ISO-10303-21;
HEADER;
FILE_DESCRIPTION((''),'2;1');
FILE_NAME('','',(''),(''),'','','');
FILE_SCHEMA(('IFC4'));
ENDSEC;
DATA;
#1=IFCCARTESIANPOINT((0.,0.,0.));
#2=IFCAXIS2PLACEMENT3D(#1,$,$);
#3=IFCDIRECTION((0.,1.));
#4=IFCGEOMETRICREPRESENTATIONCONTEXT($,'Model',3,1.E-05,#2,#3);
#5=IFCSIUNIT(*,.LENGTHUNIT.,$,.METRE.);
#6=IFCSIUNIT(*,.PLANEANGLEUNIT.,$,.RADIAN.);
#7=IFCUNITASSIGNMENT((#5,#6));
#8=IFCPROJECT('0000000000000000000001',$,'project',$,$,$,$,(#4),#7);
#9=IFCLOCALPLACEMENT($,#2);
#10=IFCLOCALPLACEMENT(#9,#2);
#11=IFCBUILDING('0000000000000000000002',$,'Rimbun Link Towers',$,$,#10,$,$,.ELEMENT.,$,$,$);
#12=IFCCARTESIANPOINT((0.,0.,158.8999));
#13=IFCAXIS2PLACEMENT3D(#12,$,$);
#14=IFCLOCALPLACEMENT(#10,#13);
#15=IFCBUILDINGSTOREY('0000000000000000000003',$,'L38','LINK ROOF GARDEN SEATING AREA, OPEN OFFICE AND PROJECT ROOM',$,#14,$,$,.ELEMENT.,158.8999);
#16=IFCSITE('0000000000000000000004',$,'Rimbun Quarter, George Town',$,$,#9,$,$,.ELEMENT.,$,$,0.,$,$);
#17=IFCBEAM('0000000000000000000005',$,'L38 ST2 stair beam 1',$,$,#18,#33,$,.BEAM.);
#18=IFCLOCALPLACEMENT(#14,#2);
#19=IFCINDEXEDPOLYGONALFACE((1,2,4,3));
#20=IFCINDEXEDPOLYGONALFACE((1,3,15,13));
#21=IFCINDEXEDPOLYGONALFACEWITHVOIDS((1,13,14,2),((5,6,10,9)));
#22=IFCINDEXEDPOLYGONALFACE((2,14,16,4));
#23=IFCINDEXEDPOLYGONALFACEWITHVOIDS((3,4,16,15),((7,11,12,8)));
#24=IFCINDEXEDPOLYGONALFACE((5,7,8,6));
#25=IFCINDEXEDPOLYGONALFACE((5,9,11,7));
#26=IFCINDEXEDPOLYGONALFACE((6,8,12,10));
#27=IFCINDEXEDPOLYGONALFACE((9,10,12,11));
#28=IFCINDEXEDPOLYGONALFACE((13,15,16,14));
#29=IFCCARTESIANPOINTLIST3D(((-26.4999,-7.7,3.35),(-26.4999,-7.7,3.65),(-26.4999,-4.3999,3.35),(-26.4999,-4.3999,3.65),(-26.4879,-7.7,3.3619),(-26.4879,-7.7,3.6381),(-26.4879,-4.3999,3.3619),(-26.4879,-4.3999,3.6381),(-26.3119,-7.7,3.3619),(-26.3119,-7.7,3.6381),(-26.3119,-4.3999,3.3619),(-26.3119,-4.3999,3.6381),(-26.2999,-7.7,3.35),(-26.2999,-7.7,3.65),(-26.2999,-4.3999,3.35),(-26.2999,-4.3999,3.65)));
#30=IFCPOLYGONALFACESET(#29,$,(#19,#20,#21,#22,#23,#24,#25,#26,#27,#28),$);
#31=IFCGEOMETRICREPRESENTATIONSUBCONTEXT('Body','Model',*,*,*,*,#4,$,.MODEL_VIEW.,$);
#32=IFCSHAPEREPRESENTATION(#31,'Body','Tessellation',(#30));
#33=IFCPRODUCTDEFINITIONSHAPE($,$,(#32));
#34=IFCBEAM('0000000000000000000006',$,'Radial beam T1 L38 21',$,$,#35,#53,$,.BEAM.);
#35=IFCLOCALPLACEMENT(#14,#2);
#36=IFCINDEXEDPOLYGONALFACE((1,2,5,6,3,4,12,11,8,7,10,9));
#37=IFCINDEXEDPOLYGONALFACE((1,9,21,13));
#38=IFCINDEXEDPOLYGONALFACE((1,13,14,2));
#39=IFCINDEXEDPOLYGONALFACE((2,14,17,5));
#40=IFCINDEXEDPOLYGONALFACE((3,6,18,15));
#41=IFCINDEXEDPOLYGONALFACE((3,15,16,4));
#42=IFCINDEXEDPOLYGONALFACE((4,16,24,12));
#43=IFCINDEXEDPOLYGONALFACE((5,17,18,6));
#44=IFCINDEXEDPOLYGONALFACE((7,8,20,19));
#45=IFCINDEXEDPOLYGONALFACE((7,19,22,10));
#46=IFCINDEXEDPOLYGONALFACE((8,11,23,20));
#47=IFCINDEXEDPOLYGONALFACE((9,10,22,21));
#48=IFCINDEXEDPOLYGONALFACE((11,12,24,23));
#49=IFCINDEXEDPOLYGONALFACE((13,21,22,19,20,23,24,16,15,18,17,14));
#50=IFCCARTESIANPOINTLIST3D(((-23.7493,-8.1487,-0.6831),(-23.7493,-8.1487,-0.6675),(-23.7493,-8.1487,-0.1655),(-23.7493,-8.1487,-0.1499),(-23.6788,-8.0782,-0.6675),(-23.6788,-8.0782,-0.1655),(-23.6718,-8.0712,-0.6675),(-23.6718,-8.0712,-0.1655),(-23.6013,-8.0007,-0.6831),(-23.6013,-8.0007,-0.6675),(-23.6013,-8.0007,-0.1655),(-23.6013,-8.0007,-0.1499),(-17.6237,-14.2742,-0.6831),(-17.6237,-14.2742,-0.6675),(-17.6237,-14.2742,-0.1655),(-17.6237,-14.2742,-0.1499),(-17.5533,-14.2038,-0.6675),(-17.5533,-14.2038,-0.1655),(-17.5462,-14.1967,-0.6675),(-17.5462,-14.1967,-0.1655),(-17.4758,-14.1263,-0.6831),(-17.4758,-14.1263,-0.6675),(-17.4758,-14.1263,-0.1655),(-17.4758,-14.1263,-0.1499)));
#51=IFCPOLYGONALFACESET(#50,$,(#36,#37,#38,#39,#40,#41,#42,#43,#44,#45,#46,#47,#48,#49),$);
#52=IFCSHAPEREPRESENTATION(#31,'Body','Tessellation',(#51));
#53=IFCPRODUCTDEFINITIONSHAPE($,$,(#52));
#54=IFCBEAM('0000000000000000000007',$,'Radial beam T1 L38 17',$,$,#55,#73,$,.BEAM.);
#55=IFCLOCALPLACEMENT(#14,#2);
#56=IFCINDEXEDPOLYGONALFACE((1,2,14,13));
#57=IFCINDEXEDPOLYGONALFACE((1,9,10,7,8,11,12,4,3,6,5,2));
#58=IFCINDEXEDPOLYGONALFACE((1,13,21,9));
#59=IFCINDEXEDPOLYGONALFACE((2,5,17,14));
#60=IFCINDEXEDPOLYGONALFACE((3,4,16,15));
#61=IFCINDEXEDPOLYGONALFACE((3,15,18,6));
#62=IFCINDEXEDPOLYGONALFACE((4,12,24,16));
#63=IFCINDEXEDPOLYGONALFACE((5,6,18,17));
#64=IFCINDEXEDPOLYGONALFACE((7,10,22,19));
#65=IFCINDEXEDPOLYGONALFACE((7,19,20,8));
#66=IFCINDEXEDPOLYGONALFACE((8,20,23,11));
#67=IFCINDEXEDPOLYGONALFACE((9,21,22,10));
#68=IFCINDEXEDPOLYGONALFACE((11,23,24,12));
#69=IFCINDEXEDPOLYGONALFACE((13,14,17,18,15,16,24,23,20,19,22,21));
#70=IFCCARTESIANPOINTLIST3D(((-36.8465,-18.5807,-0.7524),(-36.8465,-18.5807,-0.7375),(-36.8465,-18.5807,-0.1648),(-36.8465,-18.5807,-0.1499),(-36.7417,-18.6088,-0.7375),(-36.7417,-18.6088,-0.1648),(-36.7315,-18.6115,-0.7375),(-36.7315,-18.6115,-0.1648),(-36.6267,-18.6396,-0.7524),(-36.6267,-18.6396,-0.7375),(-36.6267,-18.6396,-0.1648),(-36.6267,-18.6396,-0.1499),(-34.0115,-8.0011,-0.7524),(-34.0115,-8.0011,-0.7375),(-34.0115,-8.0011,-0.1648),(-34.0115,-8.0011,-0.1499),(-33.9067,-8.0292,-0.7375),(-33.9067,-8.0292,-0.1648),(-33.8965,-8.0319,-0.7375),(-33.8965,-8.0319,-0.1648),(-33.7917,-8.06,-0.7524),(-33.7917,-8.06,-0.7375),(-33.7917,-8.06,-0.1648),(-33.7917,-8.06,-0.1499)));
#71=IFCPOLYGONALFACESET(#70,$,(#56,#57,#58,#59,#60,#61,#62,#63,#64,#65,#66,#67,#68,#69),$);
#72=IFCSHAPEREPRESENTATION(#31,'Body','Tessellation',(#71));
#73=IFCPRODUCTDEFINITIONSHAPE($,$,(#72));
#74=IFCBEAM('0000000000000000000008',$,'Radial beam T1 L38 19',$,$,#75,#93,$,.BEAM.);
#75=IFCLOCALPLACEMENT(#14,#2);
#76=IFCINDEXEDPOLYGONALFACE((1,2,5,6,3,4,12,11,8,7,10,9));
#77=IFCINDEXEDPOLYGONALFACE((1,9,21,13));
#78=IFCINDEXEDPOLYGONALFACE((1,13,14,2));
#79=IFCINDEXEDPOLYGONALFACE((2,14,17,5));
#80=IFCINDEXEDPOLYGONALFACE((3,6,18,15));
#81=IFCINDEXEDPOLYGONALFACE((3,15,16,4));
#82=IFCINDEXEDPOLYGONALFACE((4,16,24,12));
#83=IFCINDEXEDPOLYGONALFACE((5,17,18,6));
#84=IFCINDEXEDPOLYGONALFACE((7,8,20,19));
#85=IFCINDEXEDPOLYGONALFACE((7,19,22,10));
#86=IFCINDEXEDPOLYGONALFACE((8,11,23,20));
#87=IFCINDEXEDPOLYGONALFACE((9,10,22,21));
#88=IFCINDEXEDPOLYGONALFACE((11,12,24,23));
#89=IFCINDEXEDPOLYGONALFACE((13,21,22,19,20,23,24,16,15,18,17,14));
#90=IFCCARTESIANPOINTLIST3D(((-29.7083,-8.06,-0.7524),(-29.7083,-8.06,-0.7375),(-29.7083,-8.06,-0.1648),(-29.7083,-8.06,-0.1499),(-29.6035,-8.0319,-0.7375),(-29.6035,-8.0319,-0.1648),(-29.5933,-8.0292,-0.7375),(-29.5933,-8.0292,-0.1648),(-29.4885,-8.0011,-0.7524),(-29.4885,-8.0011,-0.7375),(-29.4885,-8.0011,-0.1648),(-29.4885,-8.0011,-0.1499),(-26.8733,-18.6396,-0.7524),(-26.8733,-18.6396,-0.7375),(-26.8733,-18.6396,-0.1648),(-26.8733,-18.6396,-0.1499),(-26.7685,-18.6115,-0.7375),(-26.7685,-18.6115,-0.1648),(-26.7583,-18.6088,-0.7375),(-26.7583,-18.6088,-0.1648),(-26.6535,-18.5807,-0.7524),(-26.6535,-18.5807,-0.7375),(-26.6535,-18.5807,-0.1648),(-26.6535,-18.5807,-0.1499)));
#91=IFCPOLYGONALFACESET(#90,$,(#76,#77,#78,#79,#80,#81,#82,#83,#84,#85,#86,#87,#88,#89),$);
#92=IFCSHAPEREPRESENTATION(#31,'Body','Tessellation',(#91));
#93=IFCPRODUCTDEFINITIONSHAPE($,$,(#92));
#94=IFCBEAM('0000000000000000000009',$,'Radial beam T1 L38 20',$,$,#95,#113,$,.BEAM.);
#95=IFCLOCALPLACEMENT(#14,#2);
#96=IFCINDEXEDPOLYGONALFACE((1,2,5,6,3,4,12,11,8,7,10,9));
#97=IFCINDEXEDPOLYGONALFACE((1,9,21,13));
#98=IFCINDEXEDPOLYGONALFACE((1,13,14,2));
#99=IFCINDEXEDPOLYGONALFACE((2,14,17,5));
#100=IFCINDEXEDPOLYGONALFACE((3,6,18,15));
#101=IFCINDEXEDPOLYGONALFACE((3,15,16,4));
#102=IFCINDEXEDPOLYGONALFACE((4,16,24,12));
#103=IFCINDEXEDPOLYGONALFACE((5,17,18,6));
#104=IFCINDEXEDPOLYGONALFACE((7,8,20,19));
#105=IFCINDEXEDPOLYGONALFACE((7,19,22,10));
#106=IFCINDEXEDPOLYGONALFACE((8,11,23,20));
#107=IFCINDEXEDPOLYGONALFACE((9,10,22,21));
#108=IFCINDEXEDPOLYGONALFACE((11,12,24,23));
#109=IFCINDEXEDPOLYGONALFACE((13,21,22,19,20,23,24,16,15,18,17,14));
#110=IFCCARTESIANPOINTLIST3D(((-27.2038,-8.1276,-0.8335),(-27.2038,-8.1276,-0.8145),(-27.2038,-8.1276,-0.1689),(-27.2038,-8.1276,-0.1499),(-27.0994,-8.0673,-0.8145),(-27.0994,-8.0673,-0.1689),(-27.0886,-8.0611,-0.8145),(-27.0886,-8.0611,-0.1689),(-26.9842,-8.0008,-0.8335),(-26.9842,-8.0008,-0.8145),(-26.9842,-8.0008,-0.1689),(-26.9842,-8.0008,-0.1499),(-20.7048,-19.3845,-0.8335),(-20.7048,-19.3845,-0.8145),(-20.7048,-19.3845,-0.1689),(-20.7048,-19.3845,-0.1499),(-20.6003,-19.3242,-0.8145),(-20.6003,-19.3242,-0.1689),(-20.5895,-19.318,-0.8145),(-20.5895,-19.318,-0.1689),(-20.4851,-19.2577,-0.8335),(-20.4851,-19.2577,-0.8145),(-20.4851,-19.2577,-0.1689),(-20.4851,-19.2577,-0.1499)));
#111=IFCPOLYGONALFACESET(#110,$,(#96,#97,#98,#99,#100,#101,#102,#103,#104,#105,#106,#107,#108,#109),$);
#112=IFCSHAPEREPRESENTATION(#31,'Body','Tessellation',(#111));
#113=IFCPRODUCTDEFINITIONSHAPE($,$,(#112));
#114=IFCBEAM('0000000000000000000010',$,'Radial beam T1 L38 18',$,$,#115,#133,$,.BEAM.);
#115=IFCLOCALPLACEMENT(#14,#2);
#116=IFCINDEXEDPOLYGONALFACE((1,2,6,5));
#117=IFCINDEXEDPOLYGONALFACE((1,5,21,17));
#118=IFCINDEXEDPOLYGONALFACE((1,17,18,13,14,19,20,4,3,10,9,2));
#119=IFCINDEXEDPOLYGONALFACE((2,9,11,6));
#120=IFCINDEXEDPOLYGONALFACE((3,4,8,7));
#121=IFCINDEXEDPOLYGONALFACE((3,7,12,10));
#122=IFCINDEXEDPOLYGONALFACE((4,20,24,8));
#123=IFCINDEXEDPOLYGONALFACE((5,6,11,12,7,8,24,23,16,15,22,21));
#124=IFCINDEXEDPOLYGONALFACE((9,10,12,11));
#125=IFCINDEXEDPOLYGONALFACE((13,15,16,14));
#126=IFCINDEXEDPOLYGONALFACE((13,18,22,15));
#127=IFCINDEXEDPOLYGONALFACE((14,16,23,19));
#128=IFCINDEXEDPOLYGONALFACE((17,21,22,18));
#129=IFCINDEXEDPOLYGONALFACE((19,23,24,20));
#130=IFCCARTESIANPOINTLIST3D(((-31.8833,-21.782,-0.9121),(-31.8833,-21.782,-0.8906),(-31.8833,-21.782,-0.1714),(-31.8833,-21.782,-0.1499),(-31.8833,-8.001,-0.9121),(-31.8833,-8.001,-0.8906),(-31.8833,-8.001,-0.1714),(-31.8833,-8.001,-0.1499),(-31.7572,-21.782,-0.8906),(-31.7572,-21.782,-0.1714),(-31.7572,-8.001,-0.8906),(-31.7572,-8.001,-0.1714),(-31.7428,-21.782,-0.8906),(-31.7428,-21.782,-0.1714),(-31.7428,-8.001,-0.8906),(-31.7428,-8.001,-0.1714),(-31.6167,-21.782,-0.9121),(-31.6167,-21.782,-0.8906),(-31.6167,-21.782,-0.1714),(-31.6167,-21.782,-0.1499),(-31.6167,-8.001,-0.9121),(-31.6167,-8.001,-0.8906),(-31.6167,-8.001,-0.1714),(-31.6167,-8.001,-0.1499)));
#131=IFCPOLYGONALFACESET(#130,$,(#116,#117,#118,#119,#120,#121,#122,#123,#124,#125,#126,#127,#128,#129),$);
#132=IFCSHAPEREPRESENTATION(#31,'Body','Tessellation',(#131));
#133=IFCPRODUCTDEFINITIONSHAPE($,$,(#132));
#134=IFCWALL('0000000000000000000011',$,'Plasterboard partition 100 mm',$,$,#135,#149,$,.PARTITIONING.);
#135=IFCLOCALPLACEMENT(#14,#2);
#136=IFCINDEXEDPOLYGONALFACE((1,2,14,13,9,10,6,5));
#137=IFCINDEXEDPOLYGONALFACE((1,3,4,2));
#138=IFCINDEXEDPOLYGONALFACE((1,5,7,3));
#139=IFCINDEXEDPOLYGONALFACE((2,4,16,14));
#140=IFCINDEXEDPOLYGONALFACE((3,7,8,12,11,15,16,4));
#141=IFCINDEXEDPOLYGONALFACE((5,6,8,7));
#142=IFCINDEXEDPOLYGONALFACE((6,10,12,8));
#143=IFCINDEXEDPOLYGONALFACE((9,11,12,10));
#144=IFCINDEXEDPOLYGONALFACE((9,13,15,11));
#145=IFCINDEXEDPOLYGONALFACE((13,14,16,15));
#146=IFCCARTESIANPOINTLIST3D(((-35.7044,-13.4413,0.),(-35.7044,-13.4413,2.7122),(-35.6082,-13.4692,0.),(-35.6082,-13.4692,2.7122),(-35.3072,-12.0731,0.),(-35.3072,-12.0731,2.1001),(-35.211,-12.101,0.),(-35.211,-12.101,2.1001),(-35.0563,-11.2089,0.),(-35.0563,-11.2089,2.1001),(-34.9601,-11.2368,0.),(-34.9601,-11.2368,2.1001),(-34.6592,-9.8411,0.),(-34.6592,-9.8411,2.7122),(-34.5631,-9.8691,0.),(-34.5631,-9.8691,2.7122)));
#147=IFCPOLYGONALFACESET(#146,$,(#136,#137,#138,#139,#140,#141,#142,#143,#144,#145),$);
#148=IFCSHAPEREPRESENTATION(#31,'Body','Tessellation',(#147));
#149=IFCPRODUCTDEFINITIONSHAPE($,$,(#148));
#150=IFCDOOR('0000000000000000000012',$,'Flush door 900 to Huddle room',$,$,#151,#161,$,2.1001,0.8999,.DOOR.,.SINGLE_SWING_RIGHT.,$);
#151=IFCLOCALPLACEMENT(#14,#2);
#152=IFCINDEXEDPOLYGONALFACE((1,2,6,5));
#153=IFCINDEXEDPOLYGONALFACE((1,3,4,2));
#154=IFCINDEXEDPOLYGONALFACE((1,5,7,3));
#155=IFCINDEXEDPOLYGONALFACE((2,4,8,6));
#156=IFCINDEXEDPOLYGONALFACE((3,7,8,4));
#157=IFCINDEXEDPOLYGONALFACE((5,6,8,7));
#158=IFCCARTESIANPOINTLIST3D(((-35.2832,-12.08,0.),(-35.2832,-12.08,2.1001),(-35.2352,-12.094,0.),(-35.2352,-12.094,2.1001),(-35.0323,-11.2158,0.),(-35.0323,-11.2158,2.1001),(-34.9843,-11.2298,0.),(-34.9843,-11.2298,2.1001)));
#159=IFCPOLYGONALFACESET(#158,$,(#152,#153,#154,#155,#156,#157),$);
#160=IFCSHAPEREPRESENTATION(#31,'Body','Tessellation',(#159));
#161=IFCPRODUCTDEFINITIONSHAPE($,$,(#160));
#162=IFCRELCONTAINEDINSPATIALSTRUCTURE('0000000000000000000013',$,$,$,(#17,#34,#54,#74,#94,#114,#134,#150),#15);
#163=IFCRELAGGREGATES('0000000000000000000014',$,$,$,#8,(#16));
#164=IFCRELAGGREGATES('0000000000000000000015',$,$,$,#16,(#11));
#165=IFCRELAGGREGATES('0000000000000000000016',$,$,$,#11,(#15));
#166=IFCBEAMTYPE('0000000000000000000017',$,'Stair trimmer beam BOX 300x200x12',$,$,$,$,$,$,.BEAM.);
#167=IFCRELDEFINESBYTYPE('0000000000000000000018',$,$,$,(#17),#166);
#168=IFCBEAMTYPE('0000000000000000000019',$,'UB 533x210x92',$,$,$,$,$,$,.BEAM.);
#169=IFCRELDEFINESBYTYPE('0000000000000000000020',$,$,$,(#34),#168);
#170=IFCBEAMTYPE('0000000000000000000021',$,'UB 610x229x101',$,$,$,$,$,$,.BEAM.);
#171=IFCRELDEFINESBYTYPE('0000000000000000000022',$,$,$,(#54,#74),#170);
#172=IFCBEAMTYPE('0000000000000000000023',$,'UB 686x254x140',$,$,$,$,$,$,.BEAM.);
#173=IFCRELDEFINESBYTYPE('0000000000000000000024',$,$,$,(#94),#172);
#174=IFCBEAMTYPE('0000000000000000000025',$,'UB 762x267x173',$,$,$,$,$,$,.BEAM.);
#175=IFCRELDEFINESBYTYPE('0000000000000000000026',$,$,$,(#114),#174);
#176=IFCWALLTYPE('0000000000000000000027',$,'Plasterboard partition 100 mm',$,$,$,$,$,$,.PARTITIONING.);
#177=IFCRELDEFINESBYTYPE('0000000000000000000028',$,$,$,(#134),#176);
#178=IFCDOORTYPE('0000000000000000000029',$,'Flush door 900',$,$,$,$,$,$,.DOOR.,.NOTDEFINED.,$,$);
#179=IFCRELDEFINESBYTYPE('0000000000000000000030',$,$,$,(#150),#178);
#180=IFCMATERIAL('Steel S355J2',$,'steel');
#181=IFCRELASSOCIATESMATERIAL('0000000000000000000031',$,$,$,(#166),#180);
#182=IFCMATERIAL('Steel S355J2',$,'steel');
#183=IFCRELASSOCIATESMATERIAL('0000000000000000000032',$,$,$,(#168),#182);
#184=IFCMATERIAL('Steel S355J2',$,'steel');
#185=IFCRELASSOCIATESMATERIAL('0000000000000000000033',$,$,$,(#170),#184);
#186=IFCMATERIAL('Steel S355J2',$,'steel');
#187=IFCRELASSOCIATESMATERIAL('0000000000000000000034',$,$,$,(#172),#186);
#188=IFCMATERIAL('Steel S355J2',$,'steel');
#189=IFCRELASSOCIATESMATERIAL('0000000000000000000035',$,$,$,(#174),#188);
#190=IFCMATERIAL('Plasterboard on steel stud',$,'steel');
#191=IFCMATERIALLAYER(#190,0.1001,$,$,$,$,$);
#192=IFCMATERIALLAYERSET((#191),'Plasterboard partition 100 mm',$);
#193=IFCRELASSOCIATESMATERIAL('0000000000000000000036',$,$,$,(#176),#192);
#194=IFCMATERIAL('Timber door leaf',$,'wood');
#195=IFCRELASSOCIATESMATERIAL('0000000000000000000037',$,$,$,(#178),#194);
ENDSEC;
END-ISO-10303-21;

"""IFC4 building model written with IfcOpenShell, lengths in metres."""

from ifc_helpers import new_model, si_unit, direction, frame, frame_2d, origin, origin_2d, place, context, subcontext, project, spatial, rectangle, hollow_rectangle, i_section, extrude, material, layer, layer_set, material_profile, profile_set, type_object, element, fill, save


model = new_model("IFC4")

# Units and contexts
model_context = context("Model", 3, precision=1e-05, world=origin(), true_north=direction((0.0, 1.0)))
body_context = subcontext(model_context, "Body", "Model", "MODEL_VIEW")
ifc_project = project(units=[si_unit("LENGTHUNIT", "METRE"), si_unit("PLANEANGLEUNIT", "RADIAN")], contexts=[model_context])

# Site, building, storey
site_placement = place(None, origin())
site = spatial("IfcSite", under=ifc_project, at=site_placement, Name="Rimbun Quarter, George Town", CompositionType="ELEMENT", RefElevation=0.0)
building_placement = place(site_placement, origin())
building = spatial("IfcBuilding", under=site, at=building_placement, Name="Rimbun Link Towers", CompositionType="ELEMENT")
storey_placement = place(building_placement, frame((0.0, 0.0, 158.8999)))
storey = spatial("IfcBuildingStorey", under=building, at=storey_placement, Name="L38", Description="LINK ROOF GARDEN SEATING AREA, OPEN OFFICE AND PROJECT ROOM", CompositionType="ELEMENT", Elevation=158.8999)

# Beams
ifc_material_1 = material(Name="Steel S355J2", Category="steel")
ifc_material_profile_1 = material_profile(ifc_material_1, hollow_rectangle(XDim=0.2, YDim=0.3, WallThickness=0.012, at=origin_2d()), Name="BOX 300x200x12")
ifc_profile_set_1 = profile_set([ifc_material_profile_1], Name="Steel S355J2")
beam_type_1 = type_object("IfcBeamType", Name="Stair trimmer beam BOX 300x200x12", PredefinedType="BEAM", material=ifc_profile_set_1)
beam_1_placement = place(storey_placement, frame((-26.3999, -7.7, 3.5), z_axis=(0.0, 1.0, 0.0), x_axis=(-1.0, 0.0, 0.0)))
element("IfcBeam", 1, at=beam_1_placement, inside=storey, type_object=beam_type_1, Name="L38 ST2 stair beam 1", PredefinedType="BEAM", context=body_context, shape_type="SweptSolid", body=[
    extrude(hollow_rectangle(XDim=0.2, YDim=0.3, WallThickness=0.012, at=origin_2d()), origin(), (0.0, 0.0, 1.0), 3.3),
])
ifc_material_2 = material(Name="Steel S355J2", Category="steel")
ifc_material_profile_2 = material_profile(ifc_material_2, i_section(OverallWidth=0.2092, OverallDepth=0.5332, WebThickness=0.01, FlangeThickness=0.0156, at=origin_2d()), Name="UB 533x210x92")
ifc_profile_set_2 = profile_set([ifc_material_profile_2], Name="Steel S355J2")
beam_type_2 = type_object("IfcBeamType", Name="UB 533x210x92", PredefinedType="BEAM", material=ifc_profile_set_2)
beam_2_placement = place(storey_placement, frame((-23.6753, -8.0747, -0.4165), z_axis=(0.707107, -0.707107, 0.0), x_axis=(0.707107, 0.707107, 0.0)))
element("IfcBeam", 2, at=beam_2_placement, inside=storey, type_object=beam_type_2, Name="Radial beam T1 L38 21", PredefinedType="BEAM", context=body_context, shape_type="SweptSolid", body=[
    extrude(i_section(OverallWidth=0.2092, OverallDepth=0.5332, WebThickness=0.01, FlangeThickness=0.0156, at=origin_2d()), origin(), (0.0, 0.0, 1.0), 8.6628),
])
ifc_material_3 = material(Name="Steel S355J2", Category="steel")
ifc_material_profile_3 = material_profile(ifc_material_3, i_section(OverallWidth=0.2275, OverallDepth=0.6025, WebThickness=0.0105, FlangeThickness=0.0149, at=origin_2d()), Name="UB 610x229x101")
ifc_profile_set_3 = profile_set([ifc_material_profile_3], Name="Steel S355J2")
beam_type_3 = type_object("IfcBeamType", Name="UB 610x229x101", PredefinedType="BEAM", material=ifc_profile_set_3)
for number, where, z_axis, x_axis, name in (
    (3, (-33.9016, -8.0305, -0.4512), (-0.258833, -0.965922, 0.0), (0.965922, -0.258833, 0.0), "Radial beam T1 L38 17"),
    (4, (-29.5984, -8.0305, -0.4512), (0.258833, -0.965922, 0.0), (0.965922, 0.258833, 0.0), "Radial beam T1 L38 19"),
):
    element("IfcBeam", number, at=place(storey_placement, frame(where, z_axis=z_axis, x_axis=x_axis)), inside=storey, type_object=beam_type_3, Name=name, PredefinedType="BEAM", context=body_context, shape_type="SweptSolid", body=[
        extrude(i_section(OverallWidth=0.2275, OverallDepth=0.6025, WebThickness=0.0105, FlangeThickness=0.0149, at=origin_2d()), origin(), (0.0, 0.0, 1.0), 10.9529),
    ])
ifc_material_4 = material(Name="Steel S355J2", Category="steel")
ifc_material_profile_4 = material_profile(ifc_material_4, i_section(OverallWidth=0.2537, OverallDepth=0.6836, WebThickness=0.0125, FlangeThickness=0.019, at=origin_2d()), Name="UB 686x254x140")
ifc_profile_set_4 = profile_set([ifc_material_profile_4], Name="Steel S355J2")
beam_type_4 = type_object("IfcBeamType", Name="UB 686x254x140", PredefinedType="BEAM", material=ifc_profile_set_4)
beam_3_placement = place(storey_placement, frame((-27.094, -8.0642, -0.4917), z_axis=(0.499993, -0.866029, 0.0), x_axis=(0.866029, 0.499993, 0.0)))
element("IfcBeam", 5, at=beam_3_placement, inside=storey, type_object=beam_type_4, Name="Radial beam T1 L38 20", PredefinedType="BEAM", context=body_context, shape_type="SweptSolid", body=[
    extrude(i_section(OverallWidth=0.2537, OverallDepth=0.6836, WebThickness=0.0125, FlangeThickness=0.019, at=origin_2d()), origin(), (0.0, 0.0, 1.0), 12.9983),
])
ifc_material_5 = material(Name="Steel S355J2", Category="steel")
ifc_material_profile_5 = material_profile(ifc_material_5, i_section(OverallWidth=0.2666, OverallDepth=0.7622, WebThickness=0.0144, FlangeThickness=0.0215, at=origin_2d()), Name="UB 762x267x173")
ifc_profile_set_5 = profile_set([ifc_material_profile_5], Name="Steel S355J2")
beam_type_5 = type_object("IfcBeamType", Name="UB 762x267x173", PredefinedType="BEAM", material=ifc_profile_set_5)
beam_4_placement = place(storey_placement, frame((-31.75, -8.001, -0.531), z_axis=(0.0, -1.0, 0.0), x_axis=(1.0, 0.0, 0.0)))
element("IfcBeam", 6, at=beam_4_placement, inside=storey, type_object=beam_type_5, Name="Radial beam T1 L38 18", PredefinedType="BEAM", context=body_context, shape_type="SweptSolid", body=[
    extrude(i_section(OverallWidth=0.2666, OverallDepth=0.7622, WebThickness=0.0144, FlangeThickness=0.0215, at=origin_2d()), origin(), (0.0, 0.0, 1.0), 13.781),
])

# Wall, opening, door
ifc_material_6 = material(Name="Plasterboard on steel stud", Category="steel")
ifc_layer_1 = layer(ifc_material_6, 0.1001)
ifc_layer_set_1 = layer_set([ifc_layer_1], Name="Plasterboard partition 100 mm")
wall_type_1 = type_object("IfcWallType", Name="Plasterboard partition 100 mm", PredefinedType="PARTITIONING", material=ifc_layer_set_1)
wall_1_placement = place(storey_placement, frame((-34.6111, -9.855, 0.0), z_axis=(0.0, 0.0, 1.0), x_axis=(-0.278804, -0.960348, 0.0)))
wall_1 = element("IfcWall", 7, at=wall_1_placement, inside=storey, type_object=wall_type_1, Name="Plasterboard partition 100 mm", PredefinedType="PARTITIONING", context=body_context, shape_type="SweptSolid", body=[
    extrude(rectangle(XDim=3.7488, YDim=0.1001, at=frame_2d((1.8745, 0.0))), origin(), (0.0, 0.0, 1.0), 2.7122),
])
opening_1_placement = place(wall_1_placement, frame((1.4243, 0.0, 0.0)))
opening_1 = element("IfcOpeningElement", 8, at=opening_1_placement, cuts=wall_1, PredefinedType="OPENING", context=body_context, shape_type="SweptSolid", body=[
    extrude(rectangle(XDim=0.8999, YDim=2.1001, at=frame_2d((0.45, 1.05))), frame((0.0, 0.0601, 0.0), z_axis=(0.0, -1.0, 0.0), x_axis=(1.0, 0.0, 0.0)), (0.0, 0.0, 1.0), 0.1201),
])
ifc_material_7 = material(Name="Timber door leaf", Category="wood")
door_type_1 = type_object("IfcDoorType", Name="Flush door 900", OperationType="NOTDEFINED", PredefinedType="DOOR", material=ifc_material_7)
door_1_placement = place(opening_1_placement, origin())
door_1 = element("IfcDoor", 9, at=door_1_placement, inside=storey, type_object=door_type_1, Name="Flush door 900 to Huddle room", OperationType="SINGLE_SWING_RIGHT", OverallHeight=2.1001, OverallWidth=0.8999, PredefinedType="DOOR", context=body_context, shape_type="SweptSolid", body=[
    extrude(rectangle(XDim=0.8999, YDim=2.1001, at=frame_2d((0.45, 1.05))), frame((0.0, 0.0249, 0.0), z_axis=(0.0, -1.0, 0.0), x_axis=(1.0, 0.0, 0.0)), (0.0, 0.0, 1.0), 0.05),
])
fill(opening_1, door_1)

save(model, "model.ifc")
